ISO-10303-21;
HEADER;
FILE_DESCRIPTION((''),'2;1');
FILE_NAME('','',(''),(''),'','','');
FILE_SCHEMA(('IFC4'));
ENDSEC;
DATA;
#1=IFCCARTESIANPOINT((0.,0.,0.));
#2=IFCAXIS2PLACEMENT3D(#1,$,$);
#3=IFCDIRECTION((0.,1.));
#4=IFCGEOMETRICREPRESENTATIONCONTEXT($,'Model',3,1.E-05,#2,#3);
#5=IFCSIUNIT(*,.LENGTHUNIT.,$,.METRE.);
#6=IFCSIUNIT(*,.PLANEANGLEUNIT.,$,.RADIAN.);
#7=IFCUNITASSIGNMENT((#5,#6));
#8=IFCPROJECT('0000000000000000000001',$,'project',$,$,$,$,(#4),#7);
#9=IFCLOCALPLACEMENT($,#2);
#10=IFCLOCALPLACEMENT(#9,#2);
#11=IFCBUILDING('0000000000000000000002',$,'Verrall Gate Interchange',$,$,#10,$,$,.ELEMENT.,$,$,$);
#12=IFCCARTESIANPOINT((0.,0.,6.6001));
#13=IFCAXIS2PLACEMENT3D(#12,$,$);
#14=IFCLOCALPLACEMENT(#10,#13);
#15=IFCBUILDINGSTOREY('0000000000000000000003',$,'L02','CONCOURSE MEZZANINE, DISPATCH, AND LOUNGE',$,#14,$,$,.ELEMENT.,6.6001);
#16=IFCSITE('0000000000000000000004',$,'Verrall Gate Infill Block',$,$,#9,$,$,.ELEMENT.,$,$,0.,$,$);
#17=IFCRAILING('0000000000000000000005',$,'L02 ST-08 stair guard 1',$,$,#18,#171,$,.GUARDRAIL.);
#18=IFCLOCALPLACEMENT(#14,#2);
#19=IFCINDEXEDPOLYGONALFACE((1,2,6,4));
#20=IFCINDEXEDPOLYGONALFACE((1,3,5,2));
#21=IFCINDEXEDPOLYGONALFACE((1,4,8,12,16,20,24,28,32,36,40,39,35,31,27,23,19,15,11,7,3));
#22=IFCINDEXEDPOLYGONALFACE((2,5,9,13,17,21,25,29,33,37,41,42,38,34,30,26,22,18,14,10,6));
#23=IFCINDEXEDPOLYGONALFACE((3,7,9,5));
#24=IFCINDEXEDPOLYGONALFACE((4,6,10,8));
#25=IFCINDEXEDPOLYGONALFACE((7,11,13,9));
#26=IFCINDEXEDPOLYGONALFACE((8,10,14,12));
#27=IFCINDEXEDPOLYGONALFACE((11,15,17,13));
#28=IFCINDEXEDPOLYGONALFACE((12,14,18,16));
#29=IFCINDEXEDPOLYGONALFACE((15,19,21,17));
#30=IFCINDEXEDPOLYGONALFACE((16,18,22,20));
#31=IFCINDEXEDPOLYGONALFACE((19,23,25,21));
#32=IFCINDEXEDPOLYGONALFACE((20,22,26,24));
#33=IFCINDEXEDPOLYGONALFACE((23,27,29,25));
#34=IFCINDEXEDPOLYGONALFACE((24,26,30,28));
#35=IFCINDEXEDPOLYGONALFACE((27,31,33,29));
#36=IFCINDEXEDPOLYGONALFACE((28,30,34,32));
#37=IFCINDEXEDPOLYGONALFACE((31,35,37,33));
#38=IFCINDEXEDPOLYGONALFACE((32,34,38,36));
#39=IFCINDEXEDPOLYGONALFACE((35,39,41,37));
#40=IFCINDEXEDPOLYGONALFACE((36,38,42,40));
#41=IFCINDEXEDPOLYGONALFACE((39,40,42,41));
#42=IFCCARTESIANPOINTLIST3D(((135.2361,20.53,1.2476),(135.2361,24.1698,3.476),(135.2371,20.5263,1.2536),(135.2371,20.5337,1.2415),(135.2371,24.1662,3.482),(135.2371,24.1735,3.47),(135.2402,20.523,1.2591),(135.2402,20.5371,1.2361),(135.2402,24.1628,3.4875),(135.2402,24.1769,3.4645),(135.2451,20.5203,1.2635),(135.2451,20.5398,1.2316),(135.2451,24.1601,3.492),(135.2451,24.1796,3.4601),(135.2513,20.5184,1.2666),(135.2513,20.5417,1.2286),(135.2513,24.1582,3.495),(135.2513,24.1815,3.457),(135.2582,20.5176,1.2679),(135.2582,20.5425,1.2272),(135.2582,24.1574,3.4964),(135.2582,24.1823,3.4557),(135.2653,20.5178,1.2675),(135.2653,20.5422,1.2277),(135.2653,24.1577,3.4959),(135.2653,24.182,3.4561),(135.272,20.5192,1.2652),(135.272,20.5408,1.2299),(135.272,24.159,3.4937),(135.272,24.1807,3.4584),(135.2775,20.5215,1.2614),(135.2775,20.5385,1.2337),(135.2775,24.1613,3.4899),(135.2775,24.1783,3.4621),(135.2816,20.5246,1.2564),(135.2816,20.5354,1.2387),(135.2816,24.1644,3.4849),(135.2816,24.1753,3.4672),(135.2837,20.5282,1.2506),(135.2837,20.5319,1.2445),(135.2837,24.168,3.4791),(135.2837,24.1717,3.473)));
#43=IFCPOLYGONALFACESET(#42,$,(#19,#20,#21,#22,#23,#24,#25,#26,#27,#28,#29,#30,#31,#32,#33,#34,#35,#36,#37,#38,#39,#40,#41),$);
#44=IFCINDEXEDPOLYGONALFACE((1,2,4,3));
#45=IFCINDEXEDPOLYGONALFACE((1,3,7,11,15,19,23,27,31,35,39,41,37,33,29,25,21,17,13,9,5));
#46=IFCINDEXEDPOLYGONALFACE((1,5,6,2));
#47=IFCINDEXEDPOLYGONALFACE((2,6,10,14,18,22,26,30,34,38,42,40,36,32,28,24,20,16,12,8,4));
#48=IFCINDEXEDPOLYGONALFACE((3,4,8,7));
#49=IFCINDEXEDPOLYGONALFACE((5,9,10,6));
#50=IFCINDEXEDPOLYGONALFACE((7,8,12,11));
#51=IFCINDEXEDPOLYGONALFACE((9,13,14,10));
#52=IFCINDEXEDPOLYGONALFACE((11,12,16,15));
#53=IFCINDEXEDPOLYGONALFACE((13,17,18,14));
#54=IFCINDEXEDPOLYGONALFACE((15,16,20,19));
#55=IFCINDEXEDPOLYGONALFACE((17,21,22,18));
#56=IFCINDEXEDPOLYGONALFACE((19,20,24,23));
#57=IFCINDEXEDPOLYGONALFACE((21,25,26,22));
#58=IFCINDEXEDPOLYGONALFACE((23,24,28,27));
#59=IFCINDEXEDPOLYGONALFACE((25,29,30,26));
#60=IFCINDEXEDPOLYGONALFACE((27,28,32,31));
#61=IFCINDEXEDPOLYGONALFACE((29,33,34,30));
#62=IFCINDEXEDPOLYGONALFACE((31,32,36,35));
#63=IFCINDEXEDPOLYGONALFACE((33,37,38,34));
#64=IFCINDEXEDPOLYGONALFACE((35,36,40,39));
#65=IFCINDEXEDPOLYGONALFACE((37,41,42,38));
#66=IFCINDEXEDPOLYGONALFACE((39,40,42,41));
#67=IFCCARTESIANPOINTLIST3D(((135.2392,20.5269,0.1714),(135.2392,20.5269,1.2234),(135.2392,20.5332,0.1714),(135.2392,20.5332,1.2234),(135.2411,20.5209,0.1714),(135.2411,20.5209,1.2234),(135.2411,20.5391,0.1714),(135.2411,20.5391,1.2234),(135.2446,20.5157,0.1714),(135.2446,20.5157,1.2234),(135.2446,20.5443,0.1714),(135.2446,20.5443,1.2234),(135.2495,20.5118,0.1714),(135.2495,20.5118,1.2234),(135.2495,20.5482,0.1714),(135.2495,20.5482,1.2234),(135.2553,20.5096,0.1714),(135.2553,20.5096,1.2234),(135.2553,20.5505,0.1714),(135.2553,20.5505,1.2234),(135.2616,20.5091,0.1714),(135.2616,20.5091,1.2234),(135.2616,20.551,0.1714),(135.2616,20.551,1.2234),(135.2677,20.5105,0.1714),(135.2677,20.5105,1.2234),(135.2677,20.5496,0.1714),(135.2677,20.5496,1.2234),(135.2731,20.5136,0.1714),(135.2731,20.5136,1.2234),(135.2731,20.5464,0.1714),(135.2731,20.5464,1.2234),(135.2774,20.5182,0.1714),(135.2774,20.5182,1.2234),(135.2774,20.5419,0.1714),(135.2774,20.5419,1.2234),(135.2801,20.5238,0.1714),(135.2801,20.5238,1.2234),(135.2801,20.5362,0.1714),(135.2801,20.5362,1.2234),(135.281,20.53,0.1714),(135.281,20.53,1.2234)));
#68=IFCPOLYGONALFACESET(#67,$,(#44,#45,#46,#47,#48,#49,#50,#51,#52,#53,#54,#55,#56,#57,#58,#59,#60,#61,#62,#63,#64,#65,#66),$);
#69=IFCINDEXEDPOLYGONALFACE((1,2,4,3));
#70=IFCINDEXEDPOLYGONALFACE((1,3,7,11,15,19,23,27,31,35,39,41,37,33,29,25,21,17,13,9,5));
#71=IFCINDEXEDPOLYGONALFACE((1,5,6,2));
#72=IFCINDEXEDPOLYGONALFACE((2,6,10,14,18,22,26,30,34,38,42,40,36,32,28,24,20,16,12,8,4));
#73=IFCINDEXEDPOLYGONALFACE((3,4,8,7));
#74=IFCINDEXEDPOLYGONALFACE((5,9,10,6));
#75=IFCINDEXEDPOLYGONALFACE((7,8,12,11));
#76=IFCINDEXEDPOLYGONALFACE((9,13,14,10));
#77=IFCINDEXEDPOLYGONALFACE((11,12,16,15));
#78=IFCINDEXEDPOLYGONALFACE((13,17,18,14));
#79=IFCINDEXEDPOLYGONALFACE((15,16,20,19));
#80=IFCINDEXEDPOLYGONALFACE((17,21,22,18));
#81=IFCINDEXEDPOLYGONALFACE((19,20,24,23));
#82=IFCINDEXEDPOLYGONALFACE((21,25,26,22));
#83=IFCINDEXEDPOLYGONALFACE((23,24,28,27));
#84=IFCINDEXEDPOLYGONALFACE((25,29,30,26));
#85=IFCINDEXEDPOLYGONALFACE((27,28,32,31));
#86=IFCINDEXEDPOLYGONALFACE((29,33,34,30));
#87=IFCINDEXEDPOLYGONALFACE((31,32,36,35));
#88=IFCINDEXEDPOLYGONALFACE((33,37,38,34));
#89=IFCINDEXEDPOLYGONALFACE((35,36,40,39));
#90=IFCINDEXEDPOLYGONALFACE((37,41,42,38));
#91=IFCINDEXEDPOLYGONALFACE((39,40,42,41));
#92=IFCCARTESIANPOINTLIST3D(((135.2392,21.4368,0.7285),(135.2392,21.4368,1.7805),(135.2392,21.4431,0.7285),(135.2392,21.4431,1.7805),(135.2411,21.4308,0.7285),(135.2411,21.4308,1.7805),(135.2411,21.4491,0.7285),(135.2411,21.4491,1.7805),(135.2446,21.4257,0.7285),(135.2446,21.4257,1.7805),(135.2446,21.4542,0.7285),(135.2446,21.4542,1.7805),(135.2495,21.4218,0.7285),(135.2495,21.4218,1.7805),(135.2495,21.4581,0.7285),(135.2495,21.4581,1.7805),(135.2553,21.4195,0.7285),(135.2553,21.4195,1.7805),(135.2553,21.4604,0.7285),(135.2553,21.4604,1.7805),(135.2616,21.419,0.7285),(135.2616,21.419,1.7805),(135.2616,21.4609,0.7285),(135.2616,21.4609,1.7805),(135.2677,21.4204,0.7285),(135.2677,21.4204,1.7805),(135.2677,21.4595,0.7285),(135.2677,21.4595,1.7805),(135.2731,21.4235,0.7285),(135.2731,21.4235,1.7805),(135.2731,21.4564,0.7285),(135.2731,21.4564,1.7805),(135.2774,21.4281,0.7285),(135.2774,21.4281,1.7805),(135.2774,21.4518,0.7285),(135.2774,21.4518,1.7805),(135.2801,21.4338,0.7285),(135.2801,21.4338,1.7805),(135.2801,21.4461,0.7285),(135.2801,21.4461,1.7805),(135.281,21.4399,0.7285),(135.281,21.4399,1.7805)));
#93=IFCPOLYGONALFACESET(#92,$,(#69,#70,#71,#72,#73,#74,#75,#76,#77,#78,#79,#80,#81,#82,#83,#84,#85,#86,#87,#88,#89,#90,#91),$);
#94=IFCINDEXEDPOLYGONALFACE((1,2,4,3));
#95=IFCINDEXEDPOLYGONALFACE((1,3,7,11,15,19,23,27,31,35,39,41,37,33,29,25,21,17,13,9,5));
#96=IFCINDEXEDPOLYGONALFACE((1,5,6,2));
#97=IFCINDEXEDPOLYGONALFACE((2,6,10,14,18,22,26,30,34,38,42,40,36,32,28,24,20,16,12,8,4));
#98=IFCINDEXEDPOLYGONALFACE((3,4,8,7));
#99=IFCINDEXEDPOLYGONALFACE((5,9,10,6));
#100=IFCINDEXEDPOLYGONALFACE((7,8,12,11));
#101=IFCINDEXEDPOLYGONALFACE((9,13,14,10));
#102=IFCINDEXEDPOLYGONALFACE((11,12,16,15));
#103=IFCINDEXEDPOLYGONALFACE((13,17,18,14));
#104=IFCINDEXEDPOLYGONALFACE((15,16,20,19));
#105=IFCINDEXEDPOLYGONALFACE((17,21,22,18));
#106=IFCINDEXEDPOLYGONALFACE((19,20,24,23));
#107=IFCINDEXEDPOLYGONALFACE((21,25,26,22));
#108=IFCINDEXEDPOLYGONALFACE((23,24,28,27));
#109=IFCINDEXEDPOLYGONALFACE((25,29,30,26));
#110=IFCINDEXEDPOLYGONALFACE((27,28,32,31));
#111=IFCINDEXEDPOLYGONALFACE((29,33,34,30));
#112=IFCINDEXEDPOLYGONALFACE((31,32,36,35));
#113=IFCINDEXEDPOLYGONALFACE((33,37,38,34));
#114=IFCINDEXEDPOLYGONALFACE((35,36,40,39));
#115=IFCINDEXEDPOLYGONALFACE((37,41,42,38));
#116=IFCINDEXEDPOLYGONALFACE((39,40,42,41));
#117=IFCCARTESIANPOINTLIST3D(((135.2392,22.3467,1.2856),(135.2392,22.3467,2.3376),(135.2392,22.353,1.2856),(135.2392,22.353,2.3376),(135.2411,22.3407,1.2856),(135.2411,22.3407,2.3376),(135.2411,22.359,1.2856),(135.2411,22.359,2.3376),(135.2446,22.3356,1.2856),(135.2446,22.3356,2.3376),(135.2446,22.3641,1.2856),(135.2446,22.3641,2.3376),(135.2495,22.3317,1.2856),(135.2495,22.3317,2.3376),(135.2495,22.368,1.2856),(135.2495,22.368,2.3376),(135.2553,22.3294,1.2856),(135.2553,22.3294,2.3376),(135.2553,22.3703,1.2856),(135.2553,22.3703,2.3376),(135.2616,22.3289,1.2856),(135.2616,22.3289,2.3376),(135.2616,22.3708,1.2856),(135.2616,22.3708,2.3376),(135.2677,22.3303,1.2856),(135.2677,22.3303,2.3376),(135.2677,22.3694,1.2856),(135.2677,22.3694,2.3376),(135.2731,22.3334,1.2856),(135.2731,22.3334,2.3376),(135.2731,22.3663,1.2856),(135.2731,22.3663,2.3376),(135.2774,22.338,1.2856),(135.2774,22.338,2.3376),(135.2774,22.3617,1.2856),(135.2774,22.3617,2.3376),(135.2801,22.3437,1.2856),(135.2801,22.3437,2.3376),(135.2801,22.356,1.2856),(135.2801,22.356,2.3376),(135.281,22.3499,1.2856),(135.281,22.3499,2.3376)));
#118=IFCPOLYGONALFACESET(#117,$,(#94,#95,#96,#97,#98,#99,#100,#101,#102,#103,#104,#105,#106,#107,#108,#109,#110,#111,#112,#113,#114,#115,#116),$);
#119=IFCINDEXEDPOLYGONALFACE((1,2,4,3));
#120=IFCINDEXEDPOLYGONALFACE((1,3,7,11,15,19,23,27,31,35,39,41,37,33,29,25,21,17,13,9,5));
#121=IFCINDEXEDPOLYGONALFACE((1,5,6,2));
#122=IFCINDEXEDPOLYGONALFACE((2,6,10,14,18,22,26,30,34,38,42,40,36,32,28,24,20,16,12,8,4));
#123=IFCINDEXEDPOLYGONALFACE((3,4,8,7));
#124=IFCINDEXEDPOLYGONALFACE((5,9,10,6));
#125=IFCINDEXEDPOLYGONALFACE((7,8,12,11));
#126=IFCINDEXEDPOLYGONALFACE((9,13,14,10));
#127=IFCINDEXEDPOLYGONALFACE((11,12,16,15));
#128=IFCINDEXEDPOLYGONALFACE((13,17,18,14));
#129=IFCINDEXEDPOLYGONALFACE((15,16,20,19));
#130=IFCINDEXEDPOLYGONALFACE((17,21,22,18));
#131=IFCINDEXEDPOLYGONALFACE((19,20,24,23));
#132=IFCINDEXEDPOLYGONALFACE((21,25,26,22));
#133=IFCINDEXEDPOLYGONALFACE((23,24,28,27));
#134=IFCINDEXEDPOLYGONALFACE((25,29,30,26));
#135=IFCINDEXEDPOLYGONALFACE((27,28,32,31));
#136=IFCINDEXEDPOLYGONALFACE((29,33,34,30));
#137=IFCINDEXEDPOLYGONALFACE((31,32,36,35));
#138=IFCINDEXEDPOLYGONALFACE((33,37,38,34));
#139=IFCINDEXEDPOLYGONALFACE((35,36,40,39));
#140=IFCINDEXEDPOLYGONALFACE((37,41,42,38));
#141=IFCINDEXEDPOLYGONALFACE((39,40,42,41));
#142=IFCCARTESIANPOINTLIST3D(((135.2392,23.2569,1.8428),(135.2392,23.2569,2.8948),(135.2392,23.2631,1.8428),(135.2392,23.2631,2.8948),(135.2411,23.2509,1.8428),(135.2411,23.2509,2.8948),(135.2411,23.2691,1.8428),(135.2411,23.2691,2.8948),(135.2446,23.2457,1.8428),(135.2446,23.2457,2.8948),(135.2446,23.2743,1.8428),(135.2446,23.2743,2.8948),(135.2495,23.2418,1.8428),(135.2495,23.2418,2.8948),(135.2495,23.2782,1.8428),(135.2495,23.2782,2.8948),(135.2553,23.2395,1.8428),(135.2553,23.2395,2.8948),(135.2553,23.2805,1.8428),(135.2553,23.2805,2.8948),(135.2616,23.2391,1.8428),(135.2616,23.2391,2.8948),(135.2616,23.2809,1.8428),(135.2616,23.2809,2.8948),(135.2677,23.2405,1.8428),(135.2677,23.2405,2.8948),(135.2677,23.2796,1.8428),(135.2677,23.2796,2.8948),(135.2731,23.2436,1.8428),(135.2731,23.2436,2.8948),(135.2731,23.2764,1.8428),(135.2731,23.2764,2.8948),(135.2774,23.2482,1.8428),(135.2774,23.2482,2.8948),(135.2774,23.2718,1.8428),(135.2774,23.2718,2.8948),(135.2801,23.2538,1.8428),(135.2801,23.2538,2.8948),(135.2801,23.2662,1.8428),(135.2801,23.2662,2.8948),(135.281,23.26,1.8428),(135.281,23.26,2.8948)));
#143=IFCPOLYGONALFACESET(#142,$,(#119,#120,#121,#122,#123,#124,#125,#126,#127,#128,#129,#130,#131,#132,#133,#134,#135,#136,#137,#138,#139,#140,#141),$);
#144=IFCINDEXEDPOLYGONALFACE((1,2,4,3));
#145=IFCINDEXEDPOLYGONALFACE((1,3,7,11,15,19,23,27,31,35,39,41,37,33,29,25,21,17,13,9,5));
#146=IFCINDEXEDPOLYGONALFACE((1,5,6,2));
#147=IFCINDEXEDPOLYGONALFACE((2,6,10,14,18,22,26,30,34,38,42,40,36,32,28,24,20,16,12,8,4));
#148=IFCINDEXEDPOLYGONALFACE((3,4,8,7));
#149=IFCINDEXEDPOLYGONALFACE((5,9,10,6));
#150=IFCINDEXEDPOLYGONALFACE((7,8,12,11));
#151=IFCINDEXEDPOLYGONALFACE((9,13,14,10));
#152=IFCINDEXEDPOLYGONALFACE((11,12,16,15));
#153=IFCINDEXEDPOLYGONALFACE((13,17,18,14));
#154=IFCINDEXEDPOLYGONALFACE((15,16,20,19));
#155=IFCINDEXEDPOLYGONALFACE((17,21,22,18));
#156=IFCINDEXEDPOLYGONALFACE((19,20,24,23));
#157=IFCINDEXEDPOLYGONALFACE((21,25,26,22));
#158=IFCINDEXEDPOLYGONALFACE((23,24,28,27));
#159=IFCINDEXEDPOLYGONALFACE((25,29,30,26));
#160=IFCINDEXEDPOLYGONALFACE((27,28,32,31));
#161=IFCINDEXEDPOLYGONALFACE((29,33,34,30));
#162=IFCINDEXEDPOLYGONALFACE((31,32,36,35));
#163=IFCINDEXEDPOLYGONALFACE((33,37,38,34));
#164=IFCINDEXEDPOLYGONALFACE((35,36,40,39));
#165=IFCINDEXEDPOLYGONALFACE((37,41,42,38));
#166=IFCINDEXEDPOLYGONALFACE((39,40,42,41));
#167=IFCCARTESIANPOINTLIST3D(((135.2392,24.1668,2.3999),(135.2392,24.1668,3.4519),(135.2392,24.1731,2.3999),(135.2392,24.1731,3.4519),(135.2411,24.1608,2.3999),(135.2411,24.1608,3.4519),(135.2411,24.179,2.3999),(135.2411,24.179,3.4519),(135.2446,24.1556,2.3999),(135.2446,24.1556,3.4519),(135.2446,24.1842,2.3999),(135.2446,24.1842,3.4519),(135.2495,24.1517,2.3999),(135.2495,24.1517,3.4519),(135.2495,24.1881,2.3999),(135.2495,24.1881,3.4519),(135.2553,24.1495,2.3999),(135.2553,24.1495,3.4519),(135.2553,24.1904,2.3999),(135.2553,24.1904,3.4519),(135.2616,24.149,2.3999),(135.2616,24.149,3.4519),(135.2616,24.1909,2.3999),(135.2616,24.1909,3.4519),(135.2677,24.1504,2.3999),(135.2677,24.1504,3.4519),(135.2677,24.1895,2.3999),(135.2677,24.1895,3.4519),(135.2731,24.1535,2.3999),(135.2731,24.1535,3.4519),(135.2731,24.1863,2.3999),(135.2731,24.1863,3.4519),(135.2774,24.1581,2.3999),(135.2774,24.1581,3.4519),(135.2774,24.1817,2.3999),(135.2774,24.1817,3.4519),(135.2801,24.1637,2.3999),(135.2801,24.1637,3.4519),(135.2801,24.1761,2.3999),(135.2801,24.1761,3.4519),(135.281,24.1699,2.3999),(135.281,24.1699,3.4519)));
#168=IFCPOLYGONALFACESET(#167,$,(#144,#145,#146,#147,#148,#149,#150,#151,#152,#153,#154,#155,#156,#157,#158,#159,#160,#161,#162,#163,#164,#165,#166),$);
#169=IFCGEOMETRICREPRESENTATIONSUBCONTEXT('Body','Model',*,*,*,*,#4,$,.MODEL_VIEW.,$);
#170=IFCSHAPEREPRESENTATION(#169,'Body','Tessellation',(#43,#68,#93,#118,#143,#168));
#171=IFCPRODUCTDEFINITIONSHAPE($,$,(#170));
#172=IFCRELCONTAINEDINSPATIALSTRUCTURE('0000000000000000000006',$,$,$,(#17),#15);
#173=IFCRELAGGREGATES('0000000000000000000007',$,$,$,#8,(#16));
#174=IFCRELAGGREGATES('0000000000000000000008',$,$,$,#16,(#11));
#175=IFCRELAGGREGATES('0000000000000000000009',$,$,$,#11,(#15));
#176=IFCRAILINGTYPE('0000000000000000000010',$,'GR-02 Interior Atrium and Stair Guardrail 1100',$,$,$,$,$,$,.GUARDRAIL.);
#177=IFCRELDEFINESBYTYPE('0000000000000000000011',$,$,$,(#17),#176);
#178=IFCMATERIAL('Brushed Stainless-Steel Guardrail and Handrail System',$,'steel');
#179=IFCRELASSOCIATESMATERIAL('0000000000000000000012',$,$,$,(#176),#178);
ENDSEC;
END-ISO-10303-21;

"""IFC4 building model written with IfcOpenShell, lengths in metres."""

from ifc_helpers import new_model, si_unit, direction, frame, origin, origin_2d, place, context, subcontext, project, spatial, circle, extrude, material, type_object, element, save


model = new_model("IFC4")

# Units and contexts
model_context = context("Model", 3, precision=1e-05, world=origin(), true_north=direction((0.0, 1.0)))
body_context = subcontext(model_context, "Body", "Model", "MODEL_VIEW")
ifc_project = project(units=[si_unit("LENGTHUNIT", "METRE"), si_unit("PLANEANGLEUNIT", "RADIAN")], contexts=[model_context])

# Site, building, storey
site_placement = place(None, origin())
site = spatial("IfcSite", under=ifc_project, at=site_placement, Name="Verrall Gate Infill Block", CompositionType="ELEMENT", RefElevation=0.0)
building_placement = place(site_placement, origin())
building = spatial("IfcBuilding", under=site, at=building_placement, Name="Verrall Gate Interchange", CompositionType="ELEMENT")
storey_placement = place(building_placement, frame((0.0, 0.0, 6.6001)))
storey = spatial("IfcBuildingStorey", under=building, at=storey_placement, Name="L02", Description="CONCOURSE MEZZANINE, DISPATCH, AND LOUNGE", CompositionType="ELEMENT", Elevation=6.6001)

# Railing
ifc_material_1 = material(Name="Brushed Stainless-Steel Guardrail and Handrail System", Category="steel")
railing_type_1 = type_object("IfcRailingType", Name="GR-02 Interior Atrium and Stair Guardrail 1100", PredefinedType="GUARDRAIL", material=ifc_material_1)
railing_1_placement = place(storey_placement, frame((135.26, 20.53, 0.1714)))
element("IfcRailing", 1, at=railing_1_placement, inside=storey, type_object=railing_type_1, Name="L02 ST-08 stair guard 1", PredefinedType="GUARDRAIL", context=body_context, shape_type="SweptSolid", body=[
    extrude(circle(Radius=0.0239, at=origin_2d()), frame((0.0, 0.0, 1.0762), z_axis=(0.0, 0.85285, 0.522156), x_axis=(-1.0, 0.0, 0.0)), (0.0, 0.0, 1.0), 4.2678),
    extrude(circle(Radius=0.021, at=origin_2d()), origin(), (0.0, 0.0, 1.0), 1.052),
    extrude(circle(Radius=0.021, at=origin_2d()), frame((0.0, 0.9099, 0.5571)), (0.0, 0.0, 1.0), 1.052),
    extrude(circle(Radius=0.021, at=origin_2d()), frame((0.0, 1.8198, 1.1143)), (0.0, 0.0, 1.0), 1.052),
    extrude(circle(Radius=0.021, at=origin_2d()), frame((0.0, 2.73, 1.6714)), (0.0, 0.0, 1.0), 1.052),
    extrude(circle(Radius=0.021, at=origin_2d()), frame((0.0, 3.6399, 2.2285)), (0.0, 0.0, 1.0), 1.052),
])

save(model, "model.ifc")
